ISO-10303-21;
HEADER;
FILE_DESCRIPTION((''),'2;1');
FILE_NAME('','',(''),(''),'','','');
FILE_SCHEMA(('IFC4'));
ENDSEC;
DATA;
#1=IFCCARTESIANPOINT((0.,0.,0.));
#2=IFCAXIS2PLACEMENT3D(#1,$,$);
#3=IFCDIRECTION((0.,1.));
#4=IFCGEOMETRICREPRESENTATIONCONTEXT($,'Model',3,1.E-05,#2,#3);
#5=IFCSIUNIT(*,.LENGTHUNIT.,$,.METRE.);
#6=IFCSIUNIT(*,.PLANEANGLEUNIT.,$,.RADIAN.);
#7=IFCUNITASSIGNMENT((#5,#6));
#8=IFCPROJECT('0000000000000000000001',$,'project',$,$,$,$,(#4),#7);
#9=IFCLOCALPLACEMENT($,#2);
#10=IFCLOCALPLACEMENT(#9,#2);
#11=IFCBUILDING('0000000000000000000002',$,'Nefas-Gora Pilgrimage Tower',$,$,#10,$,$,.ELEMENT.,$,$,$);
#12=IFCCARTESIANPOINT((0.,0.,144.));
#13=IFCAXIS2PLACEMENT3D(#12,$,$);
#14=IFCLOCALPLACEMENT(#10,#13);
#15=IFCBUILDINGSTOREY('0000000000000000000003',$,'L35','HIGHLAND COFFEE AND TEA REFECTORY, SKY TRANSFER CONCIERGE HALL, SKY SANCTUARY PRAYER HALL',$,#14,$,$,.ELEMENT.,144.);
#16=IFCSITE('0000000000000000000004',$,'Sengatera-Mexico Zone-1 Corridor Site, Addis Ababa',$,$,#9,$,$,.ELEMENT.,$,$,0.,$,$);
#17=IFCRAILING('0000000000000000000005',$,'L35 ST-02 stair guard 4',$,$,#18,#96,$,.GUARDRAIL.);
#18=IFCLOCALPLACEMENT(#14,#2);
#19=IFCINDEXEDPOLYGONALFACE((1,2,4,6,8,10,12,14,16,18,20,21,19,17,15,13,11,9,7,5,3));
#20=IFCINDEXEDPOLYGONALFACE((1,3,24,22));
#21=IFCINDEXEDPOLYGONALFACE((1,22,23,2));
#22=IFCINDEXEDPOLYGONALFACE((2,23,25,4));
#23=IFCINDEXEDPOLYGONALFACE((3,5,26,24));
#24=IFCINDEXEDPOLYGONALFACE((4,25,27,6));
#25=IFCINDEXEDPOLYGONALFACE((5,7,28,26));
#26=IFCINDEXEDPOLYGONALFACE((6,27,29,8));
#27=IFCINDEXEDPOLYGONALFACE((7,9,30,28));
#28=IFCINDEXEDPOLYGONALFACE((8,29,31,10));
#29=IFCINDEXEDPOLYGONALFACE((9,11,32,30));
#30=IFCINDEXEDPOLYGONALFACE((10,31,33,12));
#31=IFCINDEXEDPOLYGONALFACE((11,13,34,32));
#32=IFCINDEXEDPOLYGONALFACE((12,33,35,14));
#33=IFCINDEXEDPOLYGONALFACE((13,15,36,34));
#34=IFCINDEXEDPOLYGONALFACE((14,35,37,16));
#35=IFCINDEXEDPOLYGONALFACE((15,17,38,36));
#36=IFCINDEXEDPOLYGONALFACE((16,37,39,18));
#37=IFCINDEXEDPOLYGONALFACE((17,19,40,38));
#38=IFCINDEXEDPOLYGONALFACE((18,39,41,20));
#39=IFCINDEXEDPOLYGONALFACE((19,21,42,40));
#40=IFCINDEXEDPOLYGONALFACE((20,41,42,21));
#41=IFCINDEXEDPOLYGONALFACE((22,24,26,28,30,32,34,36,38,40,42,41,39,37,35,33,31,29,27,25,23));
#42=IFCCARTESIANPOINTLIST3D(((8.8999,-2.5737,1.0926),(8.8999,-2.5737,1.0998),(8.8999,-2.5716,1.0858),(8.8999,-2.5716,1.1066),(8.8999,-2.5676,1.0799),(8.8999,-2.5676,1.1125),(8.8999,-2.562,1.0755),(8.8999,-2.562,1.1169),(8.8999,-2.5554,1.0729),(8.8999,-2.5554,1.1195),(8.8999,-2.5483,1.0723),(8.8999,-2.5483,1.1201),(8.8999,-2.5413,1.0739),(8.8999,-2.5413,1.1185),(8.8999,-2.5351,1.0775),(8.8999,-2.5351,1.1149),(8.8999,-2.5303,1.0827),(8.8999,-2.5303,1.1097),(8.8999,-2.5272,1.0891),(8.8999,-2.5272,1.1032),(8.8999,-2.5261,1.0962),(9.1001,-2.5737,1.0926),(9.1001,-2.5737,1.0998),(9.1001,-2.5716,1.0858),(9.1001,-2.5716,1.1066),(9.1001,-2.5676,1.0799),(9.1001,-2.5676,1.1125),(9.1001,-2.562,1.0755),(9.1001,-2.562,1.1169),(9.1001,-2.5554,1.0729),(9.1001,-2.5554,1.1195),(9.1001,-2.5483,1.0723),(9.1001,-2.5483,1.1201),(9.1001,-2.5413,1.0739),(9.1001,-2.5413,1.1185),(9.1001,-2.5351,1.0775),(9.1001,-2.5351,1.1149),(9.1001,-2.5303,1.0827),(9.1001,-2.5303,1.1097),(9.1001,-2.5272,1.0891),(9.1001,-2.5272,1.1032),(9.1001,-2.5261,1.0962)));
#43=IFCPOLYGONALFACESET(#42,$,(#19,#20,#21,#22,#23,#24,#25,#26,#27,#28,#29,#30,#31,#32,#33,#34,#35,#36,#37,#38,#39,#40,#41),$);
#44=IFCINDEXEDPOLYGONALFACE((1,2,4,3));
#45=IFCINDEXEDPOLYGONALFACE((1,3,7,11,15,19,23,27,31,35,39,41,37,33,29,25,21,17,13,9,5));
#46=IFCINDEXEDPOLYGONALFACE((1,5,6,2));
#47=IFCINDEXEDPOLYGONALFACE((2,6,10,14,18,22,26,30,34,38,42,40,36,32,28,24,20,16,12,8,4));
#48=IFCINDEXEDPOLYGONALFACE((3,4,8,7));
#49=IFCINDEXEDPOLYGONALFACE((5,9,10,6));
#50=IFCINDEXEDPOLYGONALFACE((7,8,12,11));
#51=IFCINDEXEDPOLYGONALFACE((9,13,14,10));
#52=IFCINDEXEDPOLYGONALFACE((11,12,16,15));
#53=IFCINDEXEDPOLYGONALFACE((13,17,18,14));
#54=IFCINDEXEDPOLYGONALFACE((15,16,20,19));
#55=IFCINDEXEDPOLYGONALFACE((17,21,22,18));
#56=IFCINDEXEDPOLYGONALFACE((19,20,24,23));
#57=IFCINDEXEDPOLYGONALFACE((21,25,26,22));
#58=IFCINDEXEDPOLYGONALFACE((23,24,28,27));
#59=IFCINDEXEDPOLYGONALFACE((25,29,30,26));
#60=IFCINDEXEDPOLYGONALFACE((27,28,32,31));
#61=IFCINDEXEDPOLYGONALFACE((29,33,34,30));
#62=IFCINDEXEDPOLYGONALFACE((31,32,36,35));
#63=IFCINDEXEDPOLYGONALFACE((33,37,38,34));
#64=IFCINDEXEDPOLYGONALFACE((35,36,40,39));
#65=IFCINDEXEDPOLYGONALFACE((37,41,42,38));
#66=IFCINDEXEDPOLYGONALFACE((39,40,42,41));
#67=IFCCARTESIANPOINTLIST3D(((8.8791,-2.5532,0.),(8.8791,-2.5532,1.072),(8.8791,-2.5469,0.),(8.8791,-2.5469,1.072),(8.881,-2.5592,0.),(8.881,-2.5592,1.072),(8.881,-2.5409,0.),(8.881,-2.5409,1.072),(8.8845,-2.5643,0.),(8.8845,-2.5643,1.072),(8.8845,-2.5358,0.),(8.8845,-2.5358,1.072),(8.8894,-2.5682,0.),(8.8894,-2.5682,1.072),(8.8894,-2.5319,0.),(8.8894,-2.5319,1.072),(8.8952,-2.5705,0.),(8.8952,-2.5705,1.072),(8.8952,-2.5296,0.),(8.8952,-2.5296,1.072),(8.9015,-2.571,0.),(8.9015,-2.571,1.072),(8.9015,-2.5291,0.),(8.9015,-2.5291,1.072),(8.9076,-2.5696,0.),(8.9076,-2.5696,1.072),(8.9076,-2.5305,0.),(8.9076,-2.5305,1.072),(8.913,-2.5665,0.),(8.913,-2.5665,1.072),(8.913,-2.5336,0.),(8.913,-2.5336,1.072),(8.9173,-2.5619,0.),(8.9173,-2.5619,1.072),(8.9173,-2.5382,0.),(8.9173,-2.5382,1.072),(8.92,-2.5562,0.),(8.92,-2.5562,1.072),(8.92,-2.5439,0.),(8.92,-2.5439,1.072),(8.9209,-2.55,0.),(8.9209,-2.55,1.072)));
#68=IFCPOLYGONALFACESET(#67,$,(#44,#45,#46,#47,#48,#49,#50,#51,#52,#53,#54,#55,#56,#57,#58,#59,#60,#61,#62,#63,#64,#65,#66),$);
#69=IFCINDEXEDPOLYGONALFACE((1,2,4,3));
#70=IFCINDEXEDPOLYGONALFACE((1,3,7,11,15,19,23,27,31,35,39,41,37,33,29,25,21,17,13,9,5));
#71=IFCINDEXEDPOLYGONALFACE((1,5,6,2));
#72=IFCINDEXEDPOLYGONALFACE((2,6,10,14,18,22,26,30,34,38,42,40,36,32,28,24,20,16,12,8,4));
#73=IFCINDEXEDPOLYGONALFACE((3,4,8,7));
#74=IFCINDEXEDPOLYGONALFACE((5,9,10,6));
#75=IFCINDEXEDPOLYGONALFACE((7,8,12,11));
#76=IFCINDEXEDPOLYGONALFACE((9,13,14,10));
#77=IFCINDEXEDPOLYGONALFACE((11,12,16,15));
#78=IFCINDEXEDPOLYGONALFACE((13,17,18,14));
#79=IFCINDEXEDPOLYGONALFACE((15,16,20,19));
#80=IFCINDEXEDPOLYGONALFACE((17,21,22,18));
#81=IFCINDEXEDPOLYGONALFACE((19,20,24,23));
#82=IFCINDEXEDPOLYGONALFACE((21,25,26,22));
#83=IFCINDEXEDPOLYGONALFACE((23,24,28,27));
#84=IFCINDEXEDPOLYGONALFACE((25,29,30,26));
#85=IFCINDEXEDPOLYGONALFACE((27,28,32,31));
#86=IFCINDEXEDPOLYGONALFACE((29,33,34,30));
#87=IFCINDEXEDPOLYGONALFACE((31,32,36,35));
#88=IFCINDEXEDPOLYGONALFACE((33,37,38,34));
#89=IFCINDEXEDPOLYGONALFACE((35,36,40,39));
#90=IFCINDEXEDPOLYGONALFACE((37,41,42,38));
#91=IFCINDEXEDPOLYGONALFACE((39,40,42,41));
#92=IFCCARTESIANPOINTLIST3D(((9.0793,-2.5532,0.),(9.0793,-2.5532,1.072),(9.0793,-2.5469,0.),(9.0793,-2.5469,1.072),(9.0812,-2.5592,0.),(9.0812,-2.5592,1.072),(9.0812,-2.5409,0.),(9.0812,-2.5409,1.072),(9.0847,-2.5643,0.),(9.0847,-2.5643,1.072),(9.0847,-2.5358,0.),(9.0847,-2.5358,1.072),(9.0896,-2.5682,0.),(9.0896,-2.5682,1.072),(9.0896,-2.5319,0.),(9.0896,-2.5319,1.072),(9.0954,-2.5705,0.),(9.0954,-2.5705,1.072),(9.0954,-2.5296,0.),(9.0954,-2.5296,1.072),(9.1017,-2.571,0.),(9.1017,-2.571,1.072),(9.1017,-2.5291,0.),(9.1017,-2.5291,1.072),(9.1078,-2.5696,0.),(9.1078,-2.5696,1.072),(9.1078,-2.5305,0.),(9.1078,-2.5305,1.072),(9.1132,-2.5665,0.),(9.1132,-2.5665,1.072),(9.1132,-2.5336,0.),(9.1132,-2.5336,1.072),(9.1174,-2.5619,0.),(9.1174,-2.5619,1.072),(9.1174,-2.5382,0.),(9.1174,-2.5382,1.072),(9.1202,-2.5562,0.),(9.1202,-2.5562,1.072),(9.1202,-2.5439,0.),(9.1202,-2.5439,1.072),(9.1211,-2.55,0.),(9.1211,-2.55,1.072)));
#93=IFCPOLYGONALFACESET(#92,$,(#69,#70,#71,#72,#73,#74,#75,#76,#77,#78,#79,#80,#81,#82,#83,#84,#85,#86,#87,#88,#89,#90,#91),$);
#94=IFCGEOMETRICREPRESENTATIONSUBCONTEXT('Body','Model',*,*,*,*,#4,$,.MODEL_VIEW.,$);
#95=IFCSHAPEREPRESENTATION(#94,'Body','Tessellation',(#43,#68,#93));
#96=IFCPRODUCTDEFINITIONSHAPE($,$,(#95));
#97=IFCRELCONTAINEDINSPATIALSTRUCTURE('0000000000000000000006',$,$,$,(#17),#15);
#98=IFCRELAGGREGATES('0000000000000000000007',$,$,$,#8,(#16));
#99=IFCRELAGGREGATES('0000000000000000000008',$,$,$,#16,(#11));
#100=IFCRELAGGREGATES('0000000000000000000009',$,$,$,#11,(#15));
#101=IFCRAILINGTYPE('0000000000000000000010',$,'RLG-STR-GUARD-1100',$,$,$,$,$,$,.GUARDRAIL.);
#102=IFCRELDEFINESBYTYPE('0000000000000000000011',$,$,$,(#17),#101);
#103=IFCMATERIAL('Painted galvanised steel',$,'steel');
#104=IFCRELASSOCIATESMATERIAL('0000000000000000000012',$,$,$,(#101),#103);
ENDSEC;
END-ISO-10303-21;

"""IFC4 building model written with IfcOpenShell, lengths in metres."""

from ifc_helpers import new_model, si_unit, direction, frame, origin, origin_2d, place, context, subcontext, project, spatial, circle, extrude, material, type_object, element, save


model = new_model("IFC4")

# Units and contexts
model_context = context("Model", 3, precision=1e-05, world=origin(), true_north=direction((0.0, 1.0)))
body_context = subcontext(model_context, "Body", "Model", "MODEL_VIEW")
ifc_project = project(units=[si_unit("LENGTHUNIT", "METRE"), si_unit("PLANEANGLEUNIT", "RADIAN")], contexts=[model_context])

# Site, building, storey
site_placement = place(None, origin())
site = spatial("IfcSite", under=ifc_project, at=site_placement, Name="Sengatera-Mexico Zone-1 Corridor Site, Addis Ababa", CompositionType="ELEMENT", RefElevation=0.0)
building_placement = place(site_placement, origin())
building = spatial("IfcBuilding", under=site, at=building_placement, Name="Nefas-Gora Pilgrimage Tower", CompositionType="ELEMENT")
storey_placement = place(building_placement, frame((0.0, 0.0, 144.0)))
storey = spatial("IfcBuildingStorey", under=building, at=storey_placement, Name="L35", Description="HIGHLAND COFFEE AND TEA REFECTORY, SKY TRANSFER CONCIERGE HALL, SKY SANCTUARY PRAYER HALL", CompositionType="ELEMENT", Elevation=144.0)

# Railing
ifc_material_1 = material(Name="Painted galvanised steel", Category="steel")
railing_type_1 = type_object("IfcRailingType", Name="RLG-STR-GUARD-1100", PredefinedType="GUARDRAIL", material=ifc_material_1)
railing_1_placement = place(storey_placement, frame((8.8999, -2.55, 0.0)))
element("IfcRailing", 1, at=railing_1_placement, inside=storey, type_object=railing_type_1, Name="L35 ST-02 stair guard 4", PredefinedType="GUARDRAIL", context=body_context, shape_type="SweptSolid", body=[
    extrude(circle(Radius=0.0239, at=origin_2d()), frame((0.0, 0.0, 1.0962), z_axis=(1.0, 0.0, 0.0), x_axis=(0.0, 1.0, 0.0)), (0.0, 0.0, 1.0), 0.2002),
    extrude(circle(Radius=0.021, at=origin_2d()), origin(), (0.0, 0.0, 1.0), 1.072),
    extrude(circle(Radius=0.021, at=origin_2d()), frame((0.2002, 0.0, 0.0)), (0.0, 0.0, 1.0), 1.072),
])

save(model, "model.ifc")
